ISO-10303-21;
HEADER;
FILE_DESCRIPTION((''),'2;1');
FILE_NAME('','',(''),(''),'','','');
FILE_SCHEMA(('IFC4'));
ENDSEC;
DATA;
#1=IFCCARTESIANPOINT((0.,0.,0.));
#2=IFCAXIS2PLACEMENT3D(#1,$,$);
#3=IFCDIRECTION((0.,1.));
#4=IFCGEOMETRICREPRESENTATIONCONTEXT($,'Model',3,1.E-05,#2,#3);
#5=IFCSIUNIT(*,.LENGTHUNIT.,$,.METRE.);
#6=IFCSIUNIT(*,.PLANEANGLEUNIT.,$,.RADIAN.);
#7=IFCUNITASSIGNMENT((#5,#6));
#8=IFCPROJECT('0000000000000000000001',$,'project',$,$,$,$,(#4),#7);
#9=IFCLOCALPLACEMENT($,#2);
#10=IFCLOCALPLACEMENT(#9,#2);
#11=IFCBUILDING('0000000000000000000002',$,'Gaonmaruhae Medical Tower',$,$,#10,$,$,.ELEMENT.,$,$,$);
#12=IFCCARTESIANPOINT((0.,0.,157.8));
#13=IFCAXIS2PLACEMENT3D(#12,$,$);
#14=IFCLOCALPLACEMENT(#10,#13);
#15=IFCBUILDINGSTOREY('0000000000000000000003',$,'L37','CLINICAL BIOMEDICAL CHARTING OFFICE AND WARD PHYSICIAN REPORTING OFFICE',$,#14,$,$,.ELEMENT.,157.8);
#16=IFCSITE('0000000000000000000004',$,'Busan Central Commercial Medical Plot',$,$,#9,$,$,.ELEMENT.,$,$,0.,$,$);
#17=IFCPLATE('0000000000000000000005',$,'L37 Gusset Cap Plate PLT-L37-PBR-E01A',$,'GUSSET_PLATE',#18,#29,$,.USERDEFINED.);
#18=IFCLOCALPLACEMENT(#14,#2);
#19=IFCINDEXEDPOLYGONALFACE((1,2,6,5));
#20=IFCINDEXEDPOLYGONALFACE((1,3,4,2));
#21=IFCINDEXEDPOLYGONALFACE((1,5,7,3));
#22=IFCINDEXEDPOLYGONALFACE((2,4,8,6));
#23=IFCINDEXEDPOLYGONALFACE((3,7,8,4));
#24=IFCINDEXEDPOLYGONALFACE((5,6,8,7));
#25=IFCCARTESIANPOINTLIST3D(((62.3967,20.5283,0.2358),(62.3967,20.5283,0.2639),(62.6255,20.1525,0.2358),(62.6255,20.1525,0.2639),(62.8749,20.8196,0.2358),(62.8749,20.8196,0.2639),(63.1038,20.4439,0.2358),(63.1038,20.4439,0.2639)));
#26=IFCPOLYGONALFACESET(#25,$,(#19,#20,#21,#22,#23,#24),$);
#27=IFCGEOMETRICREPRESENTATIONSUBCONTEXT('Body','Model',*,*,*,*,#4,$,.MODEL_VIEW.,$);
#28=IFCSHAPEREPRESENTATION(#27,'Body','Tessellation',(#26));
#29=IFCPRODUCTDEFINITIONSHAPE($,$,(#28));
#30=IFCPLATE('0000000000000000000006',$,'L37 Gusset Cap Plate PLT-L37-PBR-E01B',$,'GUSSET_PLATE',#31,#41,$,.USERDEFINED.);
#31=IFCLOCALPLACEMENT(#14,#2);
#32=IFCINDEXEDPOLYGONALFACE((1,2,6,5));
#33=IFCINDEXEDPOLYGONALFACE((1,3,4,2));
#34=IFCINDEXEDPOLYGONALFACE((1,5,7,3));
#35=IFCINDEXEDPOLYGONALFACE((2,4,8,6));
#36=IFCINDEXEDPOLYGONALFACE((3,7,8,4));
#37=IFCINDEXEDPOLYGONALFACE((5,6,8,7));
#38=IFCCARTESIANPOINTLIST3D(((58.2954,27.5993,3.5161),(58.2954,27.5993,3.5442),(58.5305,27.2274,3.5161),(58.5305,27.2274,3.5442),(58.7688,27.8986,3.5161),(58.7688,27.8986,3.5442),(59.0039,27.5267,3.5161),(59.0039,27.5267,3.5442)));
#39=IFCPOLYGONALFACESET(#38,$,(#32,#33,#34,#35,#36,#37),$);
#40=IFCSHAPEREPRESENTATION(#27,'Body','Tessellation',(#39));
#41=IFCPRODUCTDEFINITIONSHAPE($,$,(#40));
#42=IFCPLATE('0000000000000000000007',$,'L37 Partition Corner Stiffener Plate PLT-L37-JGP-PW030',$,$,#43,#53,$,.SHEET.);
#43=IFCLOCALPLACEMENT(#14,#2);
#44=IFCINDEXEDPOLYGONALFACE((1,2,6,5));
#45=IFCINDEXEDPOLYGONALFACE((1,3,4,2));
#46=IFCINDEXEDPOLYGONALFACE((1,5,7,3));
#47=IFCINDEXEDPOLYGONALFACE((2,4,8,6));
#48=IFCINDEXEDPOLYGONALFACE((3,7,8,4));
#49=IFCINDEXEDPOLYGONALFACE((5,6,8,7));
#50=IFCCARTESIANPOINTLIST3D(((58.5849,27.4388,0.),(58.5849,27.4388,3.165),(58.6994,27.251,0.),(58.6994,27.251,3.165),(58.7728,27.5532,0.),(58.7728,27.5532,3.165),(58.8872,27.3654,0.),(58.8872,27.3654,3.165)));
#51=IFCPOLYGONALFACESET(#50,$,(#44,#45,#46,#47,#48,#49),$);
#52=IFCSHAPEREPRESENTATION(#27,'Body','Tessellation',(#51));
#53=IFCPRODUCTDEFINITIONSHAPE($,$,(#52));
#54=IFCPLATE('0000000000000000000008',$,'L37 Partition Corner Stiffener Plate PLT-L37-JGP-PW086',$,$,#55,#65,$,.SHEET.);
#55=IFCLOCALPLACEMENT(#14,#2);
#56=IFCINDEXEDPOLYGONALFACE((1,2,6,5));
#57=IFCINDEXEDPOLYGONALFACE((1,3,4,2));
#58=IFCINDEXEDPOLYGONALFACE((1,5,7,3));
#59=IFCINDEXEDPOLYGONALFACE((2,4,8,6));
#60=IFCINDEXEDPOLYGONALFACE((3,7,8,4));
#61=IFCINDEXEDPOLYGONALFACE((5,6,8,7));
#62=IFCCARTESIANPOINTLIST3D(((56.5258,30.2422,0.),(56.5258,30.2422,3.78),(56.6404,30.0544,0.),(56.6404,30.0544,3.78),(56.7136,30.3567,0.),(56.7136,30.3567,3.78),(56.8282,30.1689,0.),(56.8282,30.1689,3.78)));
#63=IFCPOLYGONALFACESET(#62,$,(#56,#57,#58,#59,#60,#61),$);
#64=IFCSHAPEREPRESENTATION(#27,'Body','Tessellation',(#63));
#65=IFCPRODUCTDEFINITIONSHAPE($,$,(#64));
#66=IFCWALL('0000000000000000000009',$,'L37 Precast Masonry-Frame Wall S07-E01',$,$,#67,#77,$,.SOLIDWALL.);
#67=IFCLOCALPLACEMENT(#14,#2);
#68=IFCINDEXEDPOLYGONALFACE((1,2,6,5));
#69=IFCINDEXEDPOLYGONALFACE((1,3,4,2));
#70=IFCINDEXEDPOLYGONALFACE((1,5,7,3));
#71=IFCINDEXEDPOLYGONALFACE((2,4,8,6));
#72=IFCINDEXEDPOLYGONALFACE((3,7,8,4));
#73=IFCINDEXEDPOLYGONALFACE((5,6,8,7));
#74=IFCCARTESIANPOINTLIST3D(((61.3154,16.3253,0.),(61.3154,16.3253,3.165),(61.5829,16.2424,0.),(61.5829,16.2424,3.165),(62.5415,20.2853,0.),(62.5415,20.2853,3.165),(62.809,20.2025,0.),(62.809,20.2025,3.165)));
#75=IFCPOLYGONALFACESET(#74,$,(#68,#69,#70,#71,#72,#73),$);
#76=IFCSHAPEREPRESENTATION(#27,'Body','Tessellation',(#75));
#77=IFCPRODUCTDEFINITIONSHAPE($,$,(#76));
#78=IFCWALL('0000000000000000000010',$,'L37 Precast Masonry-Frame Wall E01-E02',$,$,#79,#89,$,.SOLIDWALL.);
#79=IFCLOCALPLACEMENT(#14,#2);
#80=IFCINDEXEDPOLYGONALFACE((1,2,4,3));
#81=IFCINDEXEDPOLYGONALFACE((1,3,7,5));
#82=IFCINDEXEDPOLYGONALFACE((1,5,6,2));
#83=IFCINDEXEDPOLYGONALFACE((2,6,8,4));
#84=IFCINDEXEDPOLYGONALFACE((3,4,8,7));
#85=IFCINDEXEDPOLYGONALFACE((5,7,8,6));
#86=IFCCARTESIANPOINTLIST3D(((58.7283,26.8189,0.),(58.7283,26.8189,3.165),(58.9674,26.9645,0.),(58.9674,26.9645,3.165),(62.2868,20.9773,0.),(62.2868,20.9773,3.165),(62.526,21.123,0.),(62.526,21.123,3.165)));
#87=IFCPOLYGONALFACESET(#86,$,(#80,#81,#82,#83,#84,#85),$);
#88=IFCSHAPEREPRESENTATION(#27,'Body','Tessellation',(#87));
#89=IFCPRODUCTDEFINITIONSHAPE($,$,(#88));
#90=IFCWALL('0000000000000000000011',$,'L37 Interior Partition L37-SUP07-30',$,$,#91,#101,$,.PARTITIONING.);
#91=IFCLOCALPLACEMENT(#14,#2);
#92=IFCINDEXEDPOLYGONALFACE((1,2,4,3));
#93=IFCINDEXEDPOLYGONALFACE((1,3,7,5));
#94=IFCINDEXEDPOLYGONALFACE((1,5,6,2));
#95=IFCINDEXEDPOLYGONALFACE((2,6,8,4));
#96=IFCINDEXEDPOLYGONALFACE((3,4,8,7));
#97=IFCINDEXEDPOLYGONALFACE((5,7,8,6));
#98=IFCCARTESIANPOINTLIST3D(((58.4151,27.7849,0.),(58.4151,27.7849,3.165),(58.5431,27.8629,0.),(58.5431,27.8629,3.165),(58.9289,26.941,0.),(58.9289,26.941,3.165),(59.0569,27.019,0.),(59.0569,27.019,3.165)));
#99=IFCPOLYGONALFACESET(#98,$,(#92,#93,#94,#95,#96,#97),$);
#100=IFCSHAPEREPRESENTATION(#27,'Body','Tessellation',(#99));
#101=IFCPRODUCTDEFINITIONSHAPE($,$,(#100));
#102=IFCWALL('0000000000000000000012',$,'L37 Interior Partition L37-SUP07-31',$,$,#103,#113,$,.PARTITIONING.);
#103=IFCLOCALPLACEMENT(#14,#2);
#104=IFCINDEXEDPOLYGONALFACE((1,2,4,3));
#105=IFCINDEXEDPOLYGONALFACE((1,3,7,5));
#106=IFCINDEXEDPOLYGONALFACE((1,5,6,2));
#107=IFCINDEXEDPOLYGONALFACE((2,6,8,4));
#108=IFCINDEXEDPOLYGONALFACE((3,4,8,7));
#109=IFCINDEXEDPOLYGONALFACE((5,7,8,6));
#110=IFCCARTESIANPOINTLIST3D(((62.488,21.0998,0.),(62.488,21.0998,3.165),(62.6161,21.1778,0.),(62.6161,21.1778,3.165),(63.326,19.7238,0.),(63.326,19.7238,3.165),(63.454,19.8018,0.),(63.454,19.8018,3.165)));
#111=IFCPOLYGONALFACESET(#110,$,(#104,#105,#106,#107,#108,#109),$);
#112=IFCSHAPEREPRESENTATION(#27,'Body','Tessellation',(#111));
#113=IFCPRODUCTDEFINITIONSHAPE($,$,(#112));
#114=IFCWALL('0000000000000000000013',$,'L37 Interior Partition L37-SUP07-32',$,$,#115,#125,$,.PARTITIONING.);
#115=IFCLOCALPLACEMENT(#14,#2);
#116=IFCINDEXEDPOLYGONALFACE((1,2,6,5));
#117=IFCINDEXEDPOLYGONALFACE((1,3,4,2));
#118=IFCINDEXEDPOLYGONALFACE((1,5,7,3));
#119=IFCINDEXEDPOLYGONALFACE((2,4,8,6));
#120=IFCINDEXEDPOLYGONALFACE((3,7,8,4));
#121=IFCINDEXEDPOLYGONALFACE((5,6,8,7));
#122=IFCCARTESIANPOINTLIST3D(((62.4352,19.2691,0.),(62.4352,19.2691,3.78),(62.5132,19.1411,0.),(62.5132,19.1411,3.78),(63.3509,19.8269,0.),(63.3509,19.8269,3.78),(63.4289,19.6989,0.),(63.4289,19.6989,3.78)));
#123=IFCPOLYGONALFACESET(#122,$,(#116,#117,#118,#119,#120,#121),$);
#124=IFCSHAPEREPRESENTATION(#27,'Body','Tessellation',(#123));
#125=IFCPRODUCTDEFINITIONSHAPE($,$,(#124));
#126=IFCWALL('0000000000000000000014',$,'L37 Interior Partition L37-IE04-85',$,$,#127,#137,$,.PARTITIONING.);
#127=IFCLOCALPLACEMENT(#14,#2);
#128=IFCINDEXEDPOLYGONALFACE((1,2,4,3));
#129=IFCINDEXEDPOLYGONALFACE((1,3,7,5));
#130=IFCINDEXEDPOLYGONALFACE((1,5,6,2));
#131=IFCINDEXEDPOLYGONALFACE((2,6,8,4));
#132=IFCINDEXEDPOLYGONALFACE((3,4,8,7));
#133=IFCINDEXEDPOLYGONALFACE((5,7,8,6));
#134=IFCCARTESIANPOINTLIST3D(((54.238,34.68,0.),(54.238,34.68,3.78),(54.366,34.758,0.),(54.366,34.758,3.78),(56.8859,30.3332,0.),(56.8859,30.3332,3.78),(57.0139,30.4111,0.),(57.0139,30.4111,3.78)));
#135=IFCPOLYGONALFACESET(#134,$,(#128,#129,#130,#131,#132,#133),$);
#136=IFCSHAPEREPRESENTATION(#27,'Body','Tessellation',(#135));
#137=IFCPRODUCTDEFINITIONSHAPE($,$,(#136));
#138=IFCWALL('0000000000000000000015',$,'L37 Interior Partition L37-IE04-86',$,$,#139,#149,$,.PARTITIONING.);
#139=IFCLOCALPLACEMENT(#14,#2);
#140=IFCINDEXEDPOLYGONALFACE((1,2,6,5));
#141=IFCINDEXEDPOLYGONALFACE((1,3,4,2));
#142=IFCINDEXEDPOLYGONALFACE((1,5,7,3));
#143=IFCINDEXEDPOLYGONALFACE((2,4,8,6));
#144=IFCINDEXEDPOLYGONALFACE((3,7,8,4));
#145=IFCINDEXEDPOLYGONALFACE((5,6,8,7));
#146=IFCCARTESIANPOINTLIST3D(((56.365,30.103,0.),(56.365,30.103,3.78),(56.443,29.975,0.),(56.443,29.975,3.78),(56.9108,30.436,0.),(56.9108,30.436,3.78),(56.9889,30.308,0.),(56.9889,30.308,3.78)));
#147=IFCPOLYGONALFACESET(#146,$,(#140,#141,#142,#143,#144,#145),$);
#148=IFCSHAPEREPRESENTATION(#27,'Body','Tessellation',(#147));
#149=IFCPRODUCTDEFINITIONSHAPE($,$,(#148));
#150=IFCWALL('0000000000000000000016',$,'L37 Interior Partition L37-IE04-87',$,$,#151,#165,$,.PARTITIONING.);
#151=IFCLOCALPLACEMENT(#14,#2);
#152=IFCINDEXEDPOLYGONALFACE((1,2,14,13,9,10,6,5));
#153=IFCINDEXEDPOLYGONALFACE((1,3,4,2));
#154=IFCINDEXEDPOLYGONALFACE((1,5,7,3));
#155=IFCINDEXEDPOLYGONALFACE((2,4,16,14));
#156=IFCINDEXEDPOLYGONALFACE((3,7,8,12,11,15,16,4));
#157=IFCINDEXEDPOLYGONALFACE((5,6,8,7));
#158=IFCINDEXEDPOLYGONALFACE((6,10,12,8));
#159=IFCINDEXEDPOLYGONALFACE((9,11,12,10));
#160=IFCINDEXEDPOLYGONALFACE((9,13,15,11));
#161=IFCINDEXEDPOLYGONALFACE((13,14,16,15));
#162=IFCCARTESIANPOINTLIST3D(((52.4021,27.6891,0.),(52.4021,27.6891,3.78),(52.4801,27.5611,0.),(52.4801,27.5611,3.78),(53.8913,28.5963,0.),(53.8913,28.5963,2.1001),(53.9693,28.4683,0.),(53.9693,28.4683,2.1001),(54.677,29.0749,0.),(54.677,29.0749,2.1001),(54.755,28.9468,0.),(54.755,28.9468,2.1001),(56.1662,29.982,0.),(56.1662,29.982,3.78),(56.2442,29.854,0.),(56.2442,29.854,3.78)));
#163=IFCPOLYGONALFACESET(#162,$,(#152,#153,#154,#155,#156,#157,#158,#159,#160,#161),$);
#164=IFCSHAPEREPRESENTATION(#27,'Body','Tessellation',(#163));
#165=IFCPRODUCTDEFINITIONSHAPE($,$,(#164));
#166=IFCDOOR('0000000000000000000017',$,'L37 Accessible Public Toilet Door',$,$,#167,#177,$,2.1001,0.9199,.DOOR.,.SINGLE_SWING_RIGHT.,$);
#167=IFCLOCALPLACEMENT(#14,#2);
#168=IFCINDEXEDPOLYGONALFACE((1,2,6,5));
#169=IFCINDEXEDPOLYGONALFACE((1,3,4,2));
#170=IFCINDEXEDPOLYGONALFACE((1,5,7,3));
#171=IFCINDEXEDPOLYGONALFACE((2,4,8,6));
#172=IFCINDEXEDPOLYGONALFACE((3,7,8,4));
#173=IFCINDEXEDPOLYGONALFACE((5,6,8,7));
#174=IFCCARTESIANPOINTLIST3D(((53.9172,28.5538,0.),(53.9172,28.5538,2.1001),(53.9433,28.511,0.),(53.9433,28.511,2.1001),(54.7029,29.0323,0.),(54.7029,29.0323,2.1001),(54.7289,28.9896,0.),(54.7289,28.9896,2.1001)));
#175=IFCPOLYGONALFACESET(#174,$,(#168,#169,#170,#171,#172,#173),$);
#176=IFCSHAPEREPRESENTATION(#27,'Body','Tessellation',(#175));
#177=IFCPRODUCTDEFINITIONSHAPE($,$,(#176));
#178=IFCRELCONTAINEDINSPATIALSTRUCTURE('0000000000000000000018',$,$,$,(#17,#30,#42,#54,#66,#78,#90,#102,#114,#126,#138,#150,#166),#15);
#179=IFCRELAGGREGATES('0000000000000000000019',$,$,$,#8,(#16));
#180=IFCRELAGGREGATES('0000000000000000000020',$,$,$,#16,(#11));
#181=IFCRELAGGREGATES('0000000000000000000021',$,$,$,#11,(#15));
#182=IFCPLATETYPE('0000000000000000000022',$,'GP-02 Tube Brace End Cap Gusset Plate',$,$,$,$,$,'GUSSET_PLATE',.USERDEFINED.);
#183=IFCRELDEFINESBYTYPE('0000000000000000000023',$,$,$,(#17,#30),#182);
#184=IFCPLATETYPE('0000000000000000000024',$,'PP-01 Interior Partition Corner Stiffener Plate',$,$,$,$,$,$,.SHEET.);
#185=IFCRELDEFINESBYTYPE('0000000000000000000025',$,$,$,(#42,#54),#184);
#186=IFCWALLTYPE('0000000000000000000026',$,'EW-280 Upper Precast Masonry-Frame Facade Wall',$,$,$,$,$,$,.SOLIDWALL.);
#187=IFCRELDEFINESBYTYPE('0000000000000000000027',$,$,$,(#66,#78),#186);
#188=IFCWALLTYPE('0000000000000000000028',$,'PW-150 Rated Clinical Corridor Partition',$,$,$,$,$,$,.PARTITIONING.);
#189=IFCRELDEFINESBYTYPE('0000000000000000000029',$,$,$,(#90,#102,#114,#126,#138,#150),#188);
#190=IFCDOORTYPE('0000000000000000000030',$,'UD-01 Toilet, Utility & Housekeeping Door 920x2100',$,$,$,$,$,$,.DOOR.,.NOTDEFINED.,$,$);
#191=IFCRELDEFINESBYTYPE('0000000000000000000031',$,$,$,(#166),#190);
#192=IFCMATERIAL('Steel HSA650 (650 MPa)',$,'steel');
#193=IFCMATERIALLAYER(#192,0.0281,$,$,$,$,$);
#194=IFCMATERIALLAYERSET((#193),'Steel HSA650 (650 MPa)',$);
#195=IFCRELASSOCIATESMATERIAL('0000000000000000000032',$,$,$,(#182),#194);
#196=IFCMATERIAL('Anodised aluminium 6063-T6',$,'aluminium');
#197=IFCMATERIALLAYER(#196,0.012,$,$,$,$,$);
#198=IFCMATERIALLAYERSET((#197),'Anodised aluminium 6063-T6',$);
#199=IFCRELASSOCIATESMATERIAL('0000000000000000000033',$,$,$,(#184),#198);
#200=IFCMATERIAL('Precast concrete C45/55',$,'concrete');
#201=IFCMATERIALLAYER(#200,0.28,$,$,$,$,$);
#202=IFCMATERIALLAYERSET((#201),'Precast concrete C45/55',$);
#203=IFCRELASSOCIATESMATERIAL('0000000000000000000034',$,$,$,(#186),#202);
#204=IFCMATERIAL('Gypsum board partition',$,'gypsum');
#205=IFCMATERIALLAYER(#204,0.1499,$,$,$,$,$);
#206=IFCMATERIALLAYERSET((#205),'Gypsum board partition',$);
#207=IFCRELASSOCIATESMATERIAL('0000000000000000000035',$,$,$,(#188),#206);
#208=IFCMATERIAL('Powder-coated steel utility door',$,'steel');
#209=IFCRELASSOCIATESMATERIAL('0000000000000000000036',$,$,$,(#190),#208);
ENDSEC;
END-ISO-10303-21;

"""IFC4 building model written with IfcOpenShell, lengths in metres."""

from ifc_helpers import new_model, si_unit, direction, frame, frame_2d, origin, origin_2d, place, context, subcontext, project, spatial, rectangle, extrude, material, layer, layer_set, type_object, element, fill, save


model = new_model("IFC4")

# Units and contexts
model_context = context("Model", 3, precision=1e-05, world=origin(), true_north=direction((0.0, 1.0)))
body_context = subcontext(model_context, "Body", "Model", "MODEL_VIEW")
ifc_project = project(units=[si_unit("LENGTHUNIT", "METRE"), si_unit("PLANEANGLEUNIT", "RADIAN")], contexts=[model_context])

# Site, building, storey
site_placement = place(None, origin())
site = spatial("IfcSite", under=ifc_project, at=site_placement, Name="Busan Central Commercial Medical Plot", CompositionType="ELEMENT", RefElevation=0.0)
building_placement = place(site_placement, origin())
building = spatial("IfcBuilding", under=site, at=building_placement, Name="Gaonmaruhae Medical Tower", CompositionType="ELEMENT")
storey_placement = place(building_placement, frame((0.0, 0.0, 157.8)))
storey = spatial("IfcBuildingStorey", under=building, at=storey_placement, Name="L37", Description="CLINICAL BIOMEDICAL CHARTING OFFICE AND WARD PHYSICIAN REPORTING OFFICE", CompositionType="ELEMENT", Elevation=157.8)

# Plates
ifc_material_1 = material(Name="Steel HSA650 (650 MPa)", Category="steel")
ifc_layer_1 = layer(ifc_material_1, 0.0281)
ifc_layer_set_1 = layer_set([ifc_layer_1], Name="Steel HSA650 (650 MPa)")
plate_type_1 = type_object("IfcPlateType", Name="GP-02 Tube Brace End Cap Gusset Plate", ElementType="GUSSET_PLATE", PredefinedType="USERDEFINED", material=ifc_layer_set_1)
for number, where, z_axis, x_axis, name in (
    (1, (62.7502, 20.4861, 0.2358), (0.0, 0.0, 1.0), (0.854005, 0.520265, 0.0), "L37 Gusset Cap Plate PLT-L37-PBR-E01A"),
    (2, (58.6497, 27.563, 3.5161), (0.0, 0.0, 1.0), (0.845262, 0.534352, 0.0), "L37 Gusset Cap Plate PLT-L37-PBR-E01B"),
):
    element("IfcPlate", number, at=place(storey_placement, frame(where, z_axis=z_axis, x_axis=x_axis)), inside=storey, type_object=plate_type_1, Name=name, ObjectType="GUSSET_PLATE", PredefinedType="USERDEFINED", context=body_context, shape_type="SweptSolid", body=[
        extrude(rectangle(XDim=0.5601, YDim=0.4399, at=origin_2d()), origin(), (0.0, 0.0, 1.0), 0.0281),
    ])
ifc_material_2 = material(Name="Anodised aluminium 6063-T6", Category="aluminium")
ifc_layer_2 = layer(ifc_material_2, 0.012)
ifc_layer_set_2 = layer_set([ifc_layer_2], Name="Anodised aluminium 6063-T6")
plate_type_2 = type_object("IfcPlateType", Name="PP-01 Interior Partition Corner Stiffener Plate", PredefinedType="SHEET", material=ifc_layer_set_2)
plate_1_placement = place(storey_placement, frame((58.7361, 27.4021, 0.0), z_axis=(0.0, 0.0, 1.0), x_axis=(0.520145, -0.854078, 0.0)))
element("IfcPlate", 3, at=plate_1_placement, inside=storey, type_object=plate_type_2, Name="L37 Partition Corner Stiffener Plate PLT-L37-JGP-PW030", PredefinedType="SHEET", context=body_context, shape_type="SweptSolid", body=[
    extrude(rectangle(XDim=0.22, YDim=0.22, at=origin_2d()), origin(), (0.0, 0.0, 1.0), 3.165),
])
plate_2_placement = place(storey_placement, frame((56.677, 30.2056, 0.0), z_axis=(0.0, 0.0, 1.0), x_axis=(-0.853742, -0.520697, 0.0)))
element("IfcPlate", 4, at=plate_2_placement, inside=storey, type_object=plate_type_2, Name="L37 Partition Corner Stiffener Plate PLT-L37-JGP-PW086", PredefinedType="SHEET", context=body_context, shape_type="SweptSolid", body=[
    extrude(rectangle(XDim=0.22, YDim=0.22, at=origin_2d()), origin(), (0.0, 0.0, 1.0), 3.78),
])

# Walls
ifc_material_3 = material(Name="Precast concrete C45/55", Category="concrete")
ifc_layer_3 = layer(ifc_material_3, 0.28)
ifc_layer_set_3 = layer_set([ifc_layer_3], Name="Precast concrete C45/55")
wall_type_1 = type_object("IfcWallType", Name="EW-280 Upper Precast Masonry-Frame Facade Wall", PredefinedType="SOLIDWALL", material=ifc_layer_set_3)
wall_1_placement = place(storey_placement, frame((62.6753, 20.2439, 0.0), z_axis=(0.0, 0.0, 1.0), x_axis=(-0.295766, -0.955261, 0.0)))
element("IfcWall", 5, at=wall_1_placement, inside=storey, type_object=wall_type_1, Name="L37 Precast Masonry-Frame Wall S07-E01", PredefinedType="SOLIDWALL", context=body_context, shape_type="SweptSolid", body=[
    extrude(rectangle(XDim=4.1455, YDim=0.28, at=frame_2d((2.0728, 0.0))), origin(), (0.0, 0.0, 1.0), 3.165),
])
wall_2_placement = place(storey_placement, frame((58.8479, 26.8916, 0.0), z_axis=(0.0, 0.0, 1.0), x_axis=(0.520253, -0.854012, 0.0)))
element("IfcWall", 6, at=wall_2_placement, inside=storey, type_object=wall_type_1, Name="L37 Precast Masonry-Frame Wall E01-E02", PredefinedType="SOLIDWALL", context=body_context, shape_type="SweptSolid", body=[
    extrude(rectangle(XDim=6.8401, YDim=0.28, at=frame_2d((3.4199, 0.0))), origin(), (0.0, 0.0, 1.0), 3.165),
])
ifc_material_4 = material(Name="Gypsum board partition", Category="gypsum")
ifc_layer_4 = layer(ifc_material_4, 0.1499)
ifc_layer_set_4 = layer_set([ifc_layer_4], Name="Gypsum board partition")
wall_type_2 = type_object("IfcWallType", Name="PW-150 Rated Clinical Corridor Partition", PredefinedType="PARTITIONING", material=ifc_layer_set_4)
wall_3_placement = place(storey_placement, frame((58.479, 27.824, 0.0), z_axis=(0.0, 0.0, 1.0), x_axis=(0.52008, -0.854117, 0.0)))
element("IfcWall", 7, at=wall_3_placement, inside=storey, type_object=wall_type_2, Name="L37 Interior Partition L37-SUP07-30", PredefinedType="PARTITIONING", context=body_context, shape_type="SweptSolid", body=[
    extrude(rectangle(XDim=0.988, YDim=0.1499, at=frame_2d((0.4941, 0.0))), origin(), (0.0, 0.0, 1.0), 3.165),
])
wall_4_placement = place(storey_placement, frame((62.552, 21.1389, 0.0), z_axis=(0.0, 0.0, 1.0), x_axis=(0.520101, -0.854105, 0.0)))
element("IfcWall", 8, at=wall_4_placement, inside=storey, type_object=wall_type_2, Name="L37 Interior Partition L37-SUP07-31", PredefinedType="PARTITIONING", context=body_context, shape_type="SweptSolid", body=[
    extrude(rectangle(XDim=1.6111, YDim=0.1499, at=frame_2d((0.8057, 0.0))), origin(), (0.0, 0.0, 1.0), 3.165),
])
wall_5_placement = place(storey_placement, frame((63.3899, 19.7629, 0.0), z_axis=(0.0, 0.0, 1.0), x_axis=(-0.854018, -0.520243, 0.0)))
element("IfcWall", 9, at=wall_5_placement, inside=storey, type_object=wall_type_2, Name="L37 Interior Partition L37-SUP07-32", PredefinedType="PARTITIONING", context=body_context, shape_type="SweptSolid", body=[
    extrude(rectangle(XDim=1.0723, YDim=0.1499, at=frame_2d((0.5361, 0.0))), origin(), (0.0, 0.0, 1.0), 3.78),
])
wall_6_placement = place(storey_placement, frame((54.302, 34.719, 0.0), z_axis=(0.0, 0.0, 1.0), x_axis=(0.520233, -0.854024, 0.0)))
element("IfcWall", 10, at=wall_6_placement, inside=storey, type_object=wall_type_2, Name="L37 Interior Partition L37-IE04-85", PredefinedType="PARTITIONING", context=body_context, shape_type="SweptSolid", body=[
    extrude(rectangle(XDim=5.0898, YDim=0.1499, at=frame_2d((2.5449, 0.0))), origin(), (0.0, 0.0, 1.0), 3.78),
])
wall_7_placement = place(storey_placement, frame((56.95, 30.3721, 0.0), z_axis=(0.0, 0.0, 1.0), x_axis=(-0.853697, -0.52077, 0.0)))
element("IfcWall", 11, at=wall_7_placement, inside=storey, type_object=wall_type_2, Name="L37 Interior Partition L37-IE04-86", PredefinedType="PARTITIONING", context=body_context, shape_type="SweptSolid", body=[
    extrude(rectangle(XDim=0.6394, YDim=0.1499, at=frame_2d((0.3198, 0.0))), origin(), (0.0, 0.0, 1.0), 3.78),
])

# Wall, opening, door
wall_8_placement = place(storey_placement, frame((56.2051, 29.918, 0.0), z_axis=(0.0, 0.0, 1.0), x_axis=(-0.854023, -0.520235, 0.0)))
wall_8 = element("IfcWall", 12, at=wall_8_placement, inside=storey, type_object=wall_type_2, Name="L37 Interior Partition L37-IE04-87", PredefinedType="PARTITIONING", context=body_context, shape_type="SweptSolid", body=[
    extrude(rectangle(XDim=4.4075, YDim=0.1499, at=frame_2d((2.2036, 0.0))), origin(), (0.0, 0.0, 1.0), 3.78),
])
opening_placement = place(wall_8_placement, frame((1.7437, 0.0, 0.0)))
opening = element("IfcOpeningElement", 13, at=opening_placement, cuts=wall_8, PredefinedType="OPENING", context=body_context, shape_type="SweptSolid", body=[
    extrude(rectangle(XDim=0.9199, YDim=2.1001, at=frame_2d((0.46, 1.05))), frame((0.0, 0.085, 0.0), z_axis=(0.0, -1.0, 0.0), x_axis=(1.0, 0.0, 0.0)), (0.0, 0.0, 1.0), 0.1699),
])
ifc_material_5 = material(Name="Powder-coated steel utility door", Category="steel")
door_type = type_object("IfcDoorType", Name="UD-01 Toilet, Utility & Housekeeping Door 920x2100", OperationType="NOTDEFINED", PredefinedType="DOOR", material=ifc_material_5)
door_placement = place(opening_placement, origin())
door = element("IfcDoor", 14, at=door_placement, inside=storey, type_object=door_type, Name="L37 Accessible Public Toilet Door", OperationType="SINGLE_SWING_RIGHT", OverallHeight=2.1001, OverallWidth=0.9199, PredefinedType="DOOR", context=body_context, shape_type="SweptSolid", body=[
    extrude(rectangle(XDim=0.9199, YDim=2.1001, at=frame_2d((0.46, 1.05))), frame((0.0, 0.0249, 0.0), z_axis=(0.0, -1.0, 0.0), x_axis=(1.0, 0.0, 0.0)), (0.0, 0.0, 1.0), 0.05),
])
fill(opening, door)

save(model, "model.ifc")
